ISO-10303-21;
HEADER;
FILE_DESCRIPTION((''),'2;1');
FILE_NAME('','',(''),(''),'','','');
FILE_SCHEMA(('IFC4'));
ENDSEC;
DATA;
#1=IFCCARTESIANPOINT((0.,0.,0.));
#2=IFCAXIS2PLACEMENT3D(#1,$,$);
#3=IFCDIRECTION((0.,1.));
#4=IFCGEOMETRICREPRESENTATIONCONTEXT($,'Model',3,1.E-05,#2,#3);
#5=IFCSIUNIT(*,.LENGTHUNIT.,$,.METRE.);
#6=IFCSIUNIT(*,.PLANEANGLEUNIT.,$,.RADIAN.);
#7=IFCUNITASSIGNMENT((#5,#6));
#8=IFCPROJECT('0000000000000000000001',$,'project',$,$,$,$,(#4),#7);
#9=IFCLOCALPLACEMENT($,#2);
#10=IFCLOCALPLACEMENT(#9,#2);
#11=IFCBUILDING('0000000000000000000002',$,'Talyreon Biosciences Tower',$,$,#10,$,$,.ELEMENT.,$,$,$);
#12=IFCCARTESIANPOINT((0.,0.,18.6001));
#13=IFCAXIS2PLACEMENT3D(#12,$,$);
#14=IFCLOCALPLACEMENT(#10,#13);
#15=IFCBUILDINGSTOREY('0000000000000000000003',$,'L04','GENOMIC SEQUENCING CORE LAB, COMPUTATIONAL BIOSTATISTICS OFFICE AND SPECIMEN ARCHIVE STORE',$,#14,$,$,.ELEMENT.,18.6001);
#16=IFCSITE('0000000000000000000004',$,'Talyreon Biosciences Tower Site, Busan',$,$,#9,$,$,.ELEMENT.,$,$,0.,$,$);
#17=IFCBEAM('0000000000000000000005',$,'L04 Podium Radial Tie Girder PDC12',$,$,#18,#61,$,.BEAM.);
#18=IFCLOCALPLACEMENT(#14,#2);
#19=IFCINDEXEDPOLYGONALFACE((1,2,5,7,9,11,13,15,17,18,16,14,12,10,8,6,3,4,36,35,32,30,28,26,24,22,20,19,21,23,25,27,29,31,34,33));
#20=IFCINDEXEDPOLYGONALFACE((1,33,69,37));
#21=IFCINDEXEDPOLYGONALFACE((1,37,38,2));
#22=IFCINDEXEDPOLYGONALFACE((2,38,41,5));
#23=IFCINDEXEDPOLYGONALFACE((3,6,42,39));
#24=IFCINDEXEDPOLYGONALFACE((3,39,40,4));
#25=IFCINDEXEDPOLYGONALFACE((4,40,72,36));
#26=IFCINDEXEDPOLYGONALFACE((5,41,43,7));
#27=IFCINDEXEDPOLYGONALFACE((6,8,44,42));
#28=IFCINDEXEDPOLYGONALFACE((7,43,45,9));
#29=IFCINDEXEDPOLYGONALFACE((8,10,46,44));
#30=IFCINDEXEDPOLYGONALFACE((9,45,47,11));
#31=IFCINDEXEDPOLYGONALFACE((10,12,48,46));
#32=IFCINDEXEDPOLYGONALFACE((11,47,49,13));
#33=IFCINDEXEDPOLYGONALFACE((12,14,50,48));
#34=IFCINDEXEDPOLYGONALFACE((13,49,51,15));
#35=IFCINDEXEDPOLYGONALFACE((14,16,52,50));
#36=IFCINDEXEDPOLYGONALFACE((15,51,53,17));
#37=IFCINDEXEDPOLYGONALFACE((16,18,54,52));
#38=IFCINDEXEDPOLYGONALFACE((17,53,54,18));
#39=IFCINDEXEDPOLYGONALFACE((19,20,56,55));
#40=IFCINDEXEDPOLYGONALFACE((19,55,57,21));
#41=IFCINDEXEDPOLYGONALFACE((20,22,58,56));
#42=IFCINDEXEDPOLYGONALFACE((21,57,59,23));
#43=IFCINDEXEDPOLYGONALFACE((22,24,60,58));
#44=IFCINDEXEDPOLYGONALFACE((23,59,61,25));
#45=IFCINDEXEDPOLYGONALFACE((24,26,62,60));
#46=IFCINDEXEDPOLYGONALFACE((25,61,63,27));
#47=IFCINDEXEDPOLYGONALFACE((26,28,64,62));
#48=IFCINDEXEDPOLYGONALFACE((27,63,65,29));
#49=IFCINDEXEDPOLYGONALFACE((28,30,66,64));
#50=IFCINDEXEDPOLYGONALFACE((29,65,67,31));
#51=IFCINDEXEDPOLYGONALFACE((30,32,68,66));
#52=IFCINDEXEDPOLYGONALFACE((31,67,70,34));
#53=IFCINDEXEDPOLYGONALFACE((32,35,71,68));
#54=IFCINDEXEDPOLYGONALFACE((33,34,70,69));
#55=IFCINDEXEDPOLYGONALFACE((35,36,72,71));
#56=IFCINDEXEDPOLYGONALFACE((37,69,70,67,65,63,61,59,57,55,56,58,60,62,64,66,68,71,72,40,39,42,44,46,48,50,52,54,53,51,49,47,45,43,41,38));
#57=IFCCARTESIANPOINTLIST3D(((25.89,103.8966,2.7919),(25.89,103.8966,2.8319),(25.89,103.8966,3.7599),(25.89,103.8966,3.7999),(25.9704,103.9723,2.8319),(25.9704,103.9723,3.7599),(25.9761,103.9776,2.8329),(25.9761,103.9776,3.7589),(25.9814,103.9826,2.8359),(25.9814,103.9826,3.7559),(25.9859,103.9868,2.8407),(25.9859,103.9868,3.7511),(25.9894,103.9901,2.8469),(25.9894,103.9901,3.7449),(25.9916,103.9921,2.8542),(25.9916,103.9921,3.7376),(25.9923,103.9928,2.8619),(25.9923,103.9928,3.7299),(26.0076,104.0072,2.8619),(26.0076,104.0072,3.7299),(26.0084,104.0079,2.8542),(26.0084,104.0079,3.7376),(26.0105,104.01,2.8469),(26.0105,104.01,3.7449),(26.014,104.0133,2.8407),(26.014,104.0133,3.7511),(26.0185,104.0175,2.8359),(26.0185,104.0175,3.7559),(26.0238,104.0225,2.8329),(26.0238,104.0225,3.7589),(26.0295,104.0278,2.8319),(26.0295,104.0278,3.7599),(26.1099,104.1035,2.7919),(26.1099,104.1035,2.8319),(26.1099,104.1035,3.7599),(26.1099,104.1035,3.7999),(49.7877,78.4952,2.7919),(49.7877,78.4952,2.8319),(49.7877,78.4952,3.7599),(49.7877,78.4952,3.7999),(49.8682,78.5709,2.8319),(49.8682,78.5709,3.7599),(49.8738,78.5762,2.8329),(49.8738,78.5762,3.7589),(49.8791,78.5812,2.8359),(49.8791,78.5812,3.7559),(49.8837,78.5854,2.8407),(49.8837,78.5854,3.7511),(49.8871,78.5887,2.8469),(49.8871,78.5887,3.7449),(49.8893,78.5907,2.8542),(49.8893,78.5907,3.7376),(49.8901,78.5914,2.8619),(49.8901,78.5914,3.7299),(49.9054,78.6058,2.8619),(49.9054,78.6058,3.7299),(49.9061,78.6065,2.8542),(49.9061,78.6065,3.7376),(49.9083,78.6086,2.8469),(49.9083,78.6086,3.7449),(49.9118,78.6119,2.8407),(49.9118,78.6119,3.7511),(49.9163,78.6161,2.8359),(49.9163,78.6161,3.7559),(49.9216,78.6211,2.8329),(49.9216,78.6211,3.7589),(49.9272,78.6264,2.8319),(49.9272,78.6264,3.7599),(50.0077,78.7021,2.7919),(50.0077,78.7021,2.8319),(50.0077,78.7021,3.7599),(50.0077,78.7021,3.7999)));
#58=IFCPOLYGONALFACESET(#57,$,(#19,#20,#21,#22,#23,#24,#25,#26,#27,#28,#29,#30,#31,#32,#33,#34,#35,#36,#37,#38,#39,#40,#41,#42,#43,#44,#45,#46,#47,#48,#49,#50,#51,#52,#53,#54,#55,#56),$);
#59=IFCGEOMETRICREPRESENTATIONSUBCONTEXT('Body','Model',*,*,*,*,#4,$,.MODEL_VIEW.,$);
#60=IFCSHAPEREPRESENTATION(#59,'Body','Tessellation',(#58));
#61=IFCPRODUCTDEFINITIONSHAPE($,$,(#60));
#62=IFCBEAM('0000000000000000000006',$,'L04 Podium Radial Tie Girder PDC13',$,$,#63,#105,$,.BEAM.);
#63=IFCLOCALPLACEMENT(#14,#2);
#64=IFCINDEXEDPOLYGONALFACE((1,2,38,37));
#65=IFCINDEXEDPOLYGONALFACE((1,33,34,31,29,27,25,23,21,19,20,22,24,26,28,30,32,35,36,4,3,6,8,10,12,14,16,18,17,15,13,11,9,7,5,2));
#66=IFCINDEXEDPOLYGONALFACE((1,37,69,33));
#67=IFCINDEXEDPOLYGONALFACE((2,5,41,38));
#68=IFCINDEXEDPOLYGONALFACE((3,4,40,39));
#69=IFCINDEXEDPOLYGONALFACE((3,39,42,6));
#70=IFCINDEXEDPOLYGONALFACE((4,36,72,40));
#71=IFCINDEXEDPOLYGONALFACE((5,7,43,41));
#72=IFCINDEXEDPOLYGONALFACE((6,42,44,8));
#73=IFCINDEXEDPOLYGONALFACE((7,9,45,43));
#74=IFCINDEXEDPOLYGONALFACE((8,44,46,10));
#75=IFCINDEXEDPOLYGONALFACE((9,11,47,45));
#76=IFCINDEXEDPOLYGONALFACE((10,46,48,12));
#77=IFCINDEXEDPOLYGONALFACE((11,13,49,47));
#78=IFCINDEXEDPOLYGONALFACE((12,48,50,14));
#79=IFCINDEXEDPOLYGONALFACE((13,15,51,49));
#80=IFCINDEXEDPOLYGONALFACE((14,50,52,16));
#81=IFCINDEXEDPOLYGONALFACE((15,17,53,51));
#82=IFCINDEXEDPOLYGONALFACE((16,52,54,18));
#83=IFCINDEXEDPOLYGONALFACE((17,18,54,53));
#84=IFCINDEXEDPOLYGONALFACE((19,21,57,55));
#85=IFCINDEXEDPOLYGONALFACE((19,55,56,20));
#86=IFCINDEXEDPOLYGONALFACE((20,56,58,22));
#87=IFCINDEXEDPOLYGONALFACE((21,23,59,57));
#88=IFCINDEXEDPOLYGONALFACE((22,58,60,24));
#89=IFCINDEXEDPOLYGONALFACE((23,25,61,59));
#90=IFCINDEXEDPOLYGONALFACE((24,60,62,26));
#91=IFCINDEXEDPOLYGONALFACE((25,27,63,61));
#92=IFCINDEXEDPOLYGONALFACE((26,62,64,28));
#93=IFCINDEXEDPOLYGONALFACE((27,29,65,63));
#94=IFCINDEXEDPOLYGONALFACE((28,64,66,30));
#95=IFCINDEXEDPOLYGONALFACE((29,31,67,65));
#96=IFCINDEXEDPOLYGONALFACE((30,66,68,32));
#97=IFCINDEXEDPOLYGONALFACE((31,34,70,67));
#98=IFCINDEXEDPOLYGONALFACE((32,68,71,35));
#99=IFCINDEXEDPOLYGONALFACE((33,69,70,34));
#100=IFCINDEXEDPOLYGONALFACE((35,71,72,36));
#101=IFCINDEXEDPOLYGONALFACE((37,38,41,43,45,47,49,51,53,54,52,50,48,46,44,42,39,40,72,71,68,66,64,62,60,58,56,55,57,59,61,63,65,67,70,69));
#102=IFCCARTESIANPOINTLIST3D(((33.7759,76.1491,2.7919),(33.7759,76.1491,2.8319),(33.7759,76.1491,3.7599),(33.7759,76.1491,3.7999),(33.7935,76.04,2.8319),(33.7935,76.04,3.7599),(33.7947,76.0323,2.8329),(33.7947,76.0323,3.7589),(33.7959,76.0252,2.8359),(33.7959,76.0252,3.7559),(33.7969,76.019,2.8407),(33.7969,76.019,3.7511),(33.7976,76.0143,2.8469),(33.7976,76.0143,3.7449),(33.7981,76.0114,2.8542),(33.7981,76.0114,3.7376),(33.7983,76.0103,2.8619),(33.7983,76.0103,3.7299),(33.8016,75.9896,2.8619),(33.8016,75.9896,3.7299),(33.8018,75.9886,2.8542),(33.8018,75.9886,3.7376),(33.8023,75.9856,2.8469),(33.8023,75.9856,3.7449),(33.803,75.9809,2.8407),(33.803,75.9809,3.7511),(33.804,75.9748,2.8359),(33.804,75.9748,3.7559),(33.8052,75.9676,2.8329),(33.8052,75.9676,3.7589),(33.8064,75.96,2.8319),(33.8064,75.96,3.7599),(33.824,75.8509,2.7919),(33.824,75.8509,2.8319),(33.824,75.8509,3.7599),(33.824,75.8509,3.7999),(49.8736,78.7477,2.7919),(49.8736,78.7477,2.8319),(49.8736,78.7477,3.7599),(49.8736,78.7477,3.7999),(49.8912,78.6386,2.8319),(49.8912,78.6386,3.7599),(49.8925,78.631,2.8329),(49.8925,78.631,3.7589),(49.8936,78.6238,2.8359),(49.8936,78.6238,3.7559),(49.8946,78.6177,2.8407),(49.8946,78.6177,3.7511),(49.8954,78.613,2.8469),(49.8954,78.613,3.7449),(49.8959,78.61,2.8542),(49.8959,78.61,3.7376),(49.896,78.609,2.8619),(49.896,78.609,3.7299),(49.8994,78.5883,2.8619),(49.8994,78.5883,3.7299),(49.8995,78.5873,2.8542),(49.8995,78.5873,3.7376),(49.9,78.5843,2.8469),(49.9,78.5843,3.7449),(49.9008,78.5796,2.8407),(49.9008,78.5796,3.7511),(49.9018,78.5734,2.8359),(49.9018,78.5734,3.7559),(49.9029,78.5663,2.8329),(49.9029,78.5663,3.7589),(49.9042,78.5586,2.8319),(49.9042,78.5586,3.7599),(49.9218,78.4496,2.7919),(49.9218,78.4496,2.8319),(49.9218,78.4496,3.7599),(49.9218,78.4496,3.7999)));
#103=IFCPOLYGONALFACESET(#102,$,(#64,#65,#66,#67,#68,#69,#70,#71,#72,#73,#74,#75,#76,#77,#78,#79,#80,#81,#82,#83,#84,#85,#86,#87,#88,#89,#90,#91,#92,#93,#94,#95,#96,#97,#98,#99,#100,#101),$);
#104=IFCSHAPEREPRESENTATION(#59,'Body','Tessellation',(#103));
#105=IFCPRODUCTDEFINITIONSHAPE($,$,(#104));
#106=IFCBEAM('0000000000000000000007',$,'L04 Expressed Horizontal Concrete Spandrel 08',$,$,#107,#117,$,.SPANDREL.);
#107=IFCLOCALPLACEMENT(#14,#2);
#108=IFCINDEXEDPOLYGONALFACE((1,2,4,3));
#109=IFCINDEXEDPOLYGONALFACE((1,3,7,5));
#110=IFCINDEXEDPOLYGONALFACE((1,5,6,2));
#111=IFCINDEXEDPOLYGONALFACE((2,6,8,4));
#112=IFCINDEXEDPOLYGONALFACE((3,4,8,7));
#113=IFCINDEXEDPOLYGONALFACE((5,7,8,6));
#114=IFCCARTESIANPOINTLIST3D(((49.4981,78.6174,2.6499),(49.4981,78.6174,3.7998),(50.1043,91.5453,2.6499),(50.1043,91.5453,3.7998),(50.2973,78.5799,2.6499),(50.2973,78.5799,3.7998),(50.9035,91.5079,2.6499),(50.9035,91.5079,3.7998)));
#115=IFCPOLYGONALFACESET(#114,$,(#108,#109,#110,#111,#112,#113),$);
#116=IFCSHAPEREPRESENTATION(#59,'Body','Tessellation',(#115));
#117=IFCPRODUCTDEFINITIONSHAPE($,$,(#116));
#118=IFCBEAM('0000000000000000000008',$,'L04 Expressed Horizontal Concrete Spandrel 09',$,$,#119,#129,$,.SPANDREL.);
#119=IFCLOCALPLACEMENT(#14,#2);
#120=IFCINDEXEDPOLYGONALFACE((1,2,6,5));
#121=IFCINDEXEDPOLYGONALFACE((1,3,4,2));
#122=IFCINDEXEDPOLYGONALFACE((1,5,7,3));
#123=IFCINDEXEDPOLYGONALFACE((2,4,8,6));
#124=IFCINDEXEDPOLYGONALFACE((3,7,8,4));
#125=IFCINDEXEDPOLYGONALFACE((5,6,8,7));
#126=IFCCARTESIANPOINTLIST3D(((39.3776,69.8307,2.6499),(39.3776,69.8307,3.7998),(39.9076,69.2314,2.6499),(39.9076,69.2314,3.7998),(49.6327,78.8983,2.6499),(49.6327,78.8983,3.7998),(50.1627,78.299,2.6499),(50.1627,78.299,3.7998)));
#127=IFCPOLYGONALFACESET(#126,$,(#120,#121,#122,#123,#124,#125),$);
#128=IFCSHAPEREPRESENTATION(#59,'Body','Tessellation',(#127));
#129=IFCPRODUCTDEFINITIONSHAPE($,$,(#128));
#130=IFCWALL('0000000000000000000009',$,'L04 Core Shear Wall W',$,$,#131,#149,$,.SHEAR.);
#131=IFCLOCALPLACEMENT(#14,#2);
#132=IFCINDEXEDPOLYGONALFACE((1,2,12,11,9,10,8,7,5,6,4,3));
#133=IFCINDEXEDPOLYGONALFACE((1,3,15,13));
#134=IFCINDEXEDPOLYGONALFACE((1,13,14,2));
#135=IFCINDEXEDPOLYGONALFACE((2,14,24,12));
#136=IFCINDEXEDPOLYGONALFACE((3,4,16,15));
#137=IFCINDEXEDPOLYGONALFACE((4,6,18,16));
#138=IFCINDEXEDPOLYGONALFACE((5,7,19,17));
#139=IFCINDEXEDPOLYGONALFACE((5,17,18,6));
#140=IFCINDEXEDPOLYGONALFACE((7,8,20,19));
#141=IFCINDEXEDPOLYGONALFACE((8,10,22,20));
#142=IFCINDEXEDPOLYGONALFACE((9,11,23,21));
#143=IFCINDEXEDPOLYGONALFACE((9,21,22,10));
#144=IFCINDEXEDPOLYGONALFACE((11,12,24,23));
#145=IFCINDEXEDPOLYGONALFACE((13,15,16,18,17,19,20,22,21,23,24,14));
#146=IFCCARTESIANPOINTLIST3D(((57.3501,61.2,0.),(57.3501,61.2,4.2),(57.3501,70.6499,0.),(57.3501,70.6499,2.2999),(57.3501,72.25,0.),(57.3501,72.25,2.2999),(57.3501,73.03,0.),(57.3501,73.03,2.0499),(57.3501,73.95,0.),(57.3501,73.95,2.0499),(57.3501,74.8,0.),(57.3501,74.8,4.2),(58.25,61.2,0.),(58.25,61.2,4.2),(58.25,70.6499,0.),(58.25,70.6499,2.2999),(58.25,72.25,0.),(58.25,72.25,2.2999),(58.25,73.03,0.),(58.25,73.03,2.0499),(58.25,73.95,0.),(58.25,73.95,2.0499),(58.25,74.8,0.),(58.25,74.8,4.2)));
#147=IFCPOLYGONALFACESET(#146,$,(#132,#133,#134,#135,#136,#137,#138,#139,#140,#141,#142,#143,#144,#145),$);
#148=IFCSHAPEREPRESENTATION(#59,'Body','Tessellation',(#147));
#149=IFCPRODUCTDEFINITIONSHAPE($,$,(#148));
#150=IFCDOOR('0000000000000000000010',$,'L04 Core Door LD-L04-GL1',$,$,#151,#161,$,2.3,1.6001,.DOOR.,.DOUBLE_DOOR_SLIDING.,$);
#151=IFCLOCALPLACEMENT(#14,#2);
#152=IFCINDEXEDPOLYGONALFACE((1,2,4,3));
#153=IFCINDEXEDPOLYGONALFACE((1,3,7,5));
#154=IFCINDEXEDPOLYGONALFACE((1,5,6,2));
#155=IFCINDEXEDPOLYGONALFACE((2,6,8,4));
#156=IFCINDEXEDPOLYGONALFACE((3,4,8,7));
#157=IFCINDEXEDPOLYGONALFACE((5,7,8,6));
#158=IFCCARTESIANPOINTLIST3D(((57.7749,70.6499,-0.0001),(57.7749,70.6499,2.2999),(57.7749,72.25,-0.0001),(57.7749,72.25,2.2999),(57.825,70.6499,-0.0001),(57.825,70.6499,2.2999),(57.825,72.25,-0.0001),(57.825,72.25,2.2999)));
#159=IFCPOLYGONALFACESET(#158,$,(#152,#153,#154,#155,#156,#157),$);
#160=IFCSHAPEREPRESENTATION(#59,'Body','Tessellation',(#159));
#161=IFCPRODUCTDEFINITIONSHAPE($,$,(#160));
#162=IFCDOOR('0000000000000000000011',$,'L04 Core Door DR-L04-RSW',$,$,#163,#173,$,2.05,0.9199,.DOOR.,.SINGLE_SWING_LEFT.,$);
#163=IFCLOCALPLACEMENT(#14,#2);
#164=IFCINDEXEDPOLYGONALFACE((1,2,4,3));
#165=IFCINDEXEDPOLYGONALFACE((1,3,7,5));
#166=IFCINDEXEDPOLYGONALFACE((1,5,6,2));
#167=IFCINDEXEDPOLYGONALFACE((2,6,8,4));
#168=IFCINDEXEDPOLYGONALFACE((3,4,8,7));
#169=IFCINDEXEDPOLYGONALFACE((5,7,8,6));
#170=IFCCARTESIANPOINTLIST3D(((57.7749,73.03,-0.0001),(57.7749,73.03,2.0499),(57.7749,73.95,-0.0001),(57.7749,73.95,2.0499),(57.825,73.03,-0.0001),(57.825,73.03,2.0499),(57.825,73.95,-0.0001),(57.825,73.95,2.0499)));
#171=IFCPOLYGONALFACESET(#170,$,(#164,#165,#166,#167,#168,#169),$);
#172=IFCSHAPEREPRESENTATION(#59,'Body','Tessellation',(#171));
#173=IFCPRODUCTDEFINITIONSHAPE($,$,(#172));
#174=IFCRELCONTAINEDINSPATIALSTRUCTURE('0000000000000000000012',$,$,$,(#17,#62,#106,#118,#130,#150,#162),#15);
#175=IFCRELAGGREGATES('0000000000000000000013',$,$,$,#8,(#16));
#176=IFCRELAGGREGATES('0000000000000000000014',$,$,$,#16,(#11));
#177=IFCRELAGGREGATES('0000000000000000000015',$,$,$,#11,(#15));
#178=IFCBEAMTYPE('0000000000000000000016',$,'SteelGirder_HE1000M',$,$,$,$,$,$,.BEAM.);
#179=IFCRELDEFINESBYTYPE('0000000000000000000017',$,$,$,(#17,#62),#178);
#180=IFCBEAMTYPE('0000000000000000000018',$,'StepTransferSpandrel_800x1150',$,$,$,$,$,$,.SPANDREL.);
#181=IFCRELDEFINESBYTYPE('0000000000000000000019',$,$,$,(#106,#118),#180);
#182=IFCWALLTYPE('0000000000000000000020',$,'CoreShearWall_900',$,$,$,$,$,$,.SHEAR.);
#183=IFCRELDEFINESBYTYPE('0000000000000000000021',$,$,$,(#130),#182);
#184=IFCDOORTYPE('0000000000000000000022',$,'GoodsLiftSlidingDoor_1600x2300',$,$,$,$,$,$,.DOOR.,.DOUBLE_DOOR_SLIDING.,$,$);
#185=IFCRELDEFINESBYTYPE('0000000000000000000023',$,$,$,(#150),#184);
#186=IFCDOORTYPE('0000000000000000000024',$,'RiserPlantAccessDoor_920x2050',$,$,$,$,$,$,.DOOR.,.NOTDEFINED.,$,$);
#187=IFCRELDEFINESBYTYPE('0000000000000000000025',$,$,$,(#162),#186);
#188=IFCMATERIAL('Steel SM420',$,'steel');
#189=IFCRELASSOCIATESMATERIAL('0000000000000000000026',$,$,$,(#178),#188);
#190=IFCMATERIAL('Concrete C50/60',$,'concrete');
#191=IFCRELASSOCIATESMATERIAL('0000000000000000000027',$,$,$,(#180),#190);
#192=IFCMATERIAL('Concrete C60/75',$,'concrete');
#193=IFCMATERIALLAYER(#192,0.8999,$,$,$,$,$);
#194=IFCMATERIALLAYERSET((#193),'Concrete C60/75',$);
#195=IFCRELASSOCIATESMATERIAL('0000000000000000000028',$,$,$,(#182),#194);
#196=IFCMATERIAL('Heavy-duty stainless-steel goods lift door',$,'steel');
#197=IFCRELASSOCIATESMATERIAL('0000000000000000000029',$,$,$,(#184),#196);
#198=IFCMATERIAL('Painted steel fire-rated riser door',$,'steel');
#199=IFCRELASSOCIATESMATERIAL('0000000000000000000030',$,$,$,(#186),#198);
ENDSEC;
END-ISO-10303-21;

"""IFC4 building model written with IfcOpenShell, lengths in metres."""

from ifc_helpers import new_model, si_unit, direction, frame, frame_2d, origin, origin_2d, place, context, subcontext, project, spatial, rectangle, i_section, extrude, material, layer, layer_set, material_profile, profile_set, type_object, element, fill, save


model = new_model("IFC4")

# Units and contexts
model_context = context("Model", 3, precision=1e-05, world=origin(), true_north=direction((0.0, 1.0)))
body_context = subcontext(model_context, "Body", "Model", "MODEL_VIEW")
ifc_project = project(units=[si_unit("LENGTHUNIT", "METRE"), si_unit("PLANEANGLEUNIT", "RADIAN")], contexts=[model_context])

# Site, building, storey
site_placement = place(None, origin())
site = spatial("IfcSite", under=ifc_project, at=site_placement, Name="Talyreon Biosciences Tower Site, Busan", CompositionType="ELEMENT", RefElevation=0.0)
building_placement = place(site_placement, origin())
building = spatial("IfcBuilding", under=site, at=building_placement, Name="Talyreon Biosciences Tower", CompositionType="ELEMENT")
storey_placement = place(building_placement, frame((0.0, 0.0, 18.6001)))
storey = spatial("IfcBuildingStorey", under=building, at=storey_placement, Name="L04", Description="GENOMIC SEQUENCING CORE LAB, COMPUTATIONAL BIOSTATISTICS OFFICE AND SPECIMEN ARCHIVE STORE", CompositionType="ELEMENT", Elevation=18.6001)

# Shared definitions
ifc_material_1 = material(Name="Concrete C60/75", Category="concrete")

# Beams
ifc_material_2 = material(Name="Steel SM420", Category="steel")
ifc_material_profile_1 = material_profile(ifc_material_2, i_section(OverallWidth=0.302, OverallDepth=1.0081, WebThickness=0.021, FlangeThickness=0.04, FilletRadius=0.03, at=origin_2d()), Name="HE1000M")
ifc_profile_set_1 = profile_set([ifc_material_profile_1], Name="Steel SM420")
beam_type_1 = type_object("IfcBeamType", Name="SteelGirder_HE1000M", PredefinedType="BEAM", material=ifc_profile_set_1)
beam_1_placement = place(storey_placement, frame((49.8977, 78.5986, 3.2959), z_axis=(-0.685221, 0.728335, 0.0), x_axis=(-0.728335, -0.685221, 0.0)))
element("IfcBeam", 1, at=beam_1_placement, inside=storey, type_object=beam_type_1, Name="L04 Podium Radial Tie Girder PDC12", PredefinedType="BEAM", context=body_context, shape_type="SweptSolid", body=[
    extrude(i_section(OverallWidth=0.302, OverallDepth=1.0081, WebThickness=0.021, FlangeThickness=0.04, FilletRadius=0.03, at=origin_2d()), origin(), (0.0, 0.0, 1.0), 34.876),
])
beam_2_placement = place(storey_placement, frame((49.8977, 78.5986, 3.2959), z_axis=(-0.98722, -0.159366, 0.0), x_axis=(0.159366, -0.98722, 0.0)))
element("IfcBeam", 2, at=beam_2_placement, inside=storey, type_object=beam_type_1, Name="L04 Podium Radial Tie Girder PDC13", PredefinedType="BEAM", context=body_context, shape_type="SweptSolid", body=[
    extrude(i_section(OverallWidth=0.302, OverallDepth=1.0081, WebThickness=0.021, FlangeThickness=0.04, FilletRadius=0.03, at=origin_2d()), origin(), (0.0, 0.0, 1.0), 16.3062),
])
ifc_material_3 = material(Name="Concrete C50/60", Category="concrete")
ifc_material_profile_2 = material_profile(ifc_material_3, rectangle(XDim=0.8, YDim=1.1499, at=origin_2d()), Name="RCB 800x1150")
ifc_profile_set_2 = profile_set([ifc_material_profile_2], Name="Concrete C50/60")
beam_type_2 = type_object("IfcBeamType", Name="StepTransferSpandrel_800x1150", PredefinedType="SPANDREL", material=ifc_profile_set_2)
beam_3_placement = place(storey_placement, frame((50.5039, 91.5266, 3.2249), z_axis=(-0.046839, -0.998902, 0.0), x_axis=(0.998902, -0.046839, 0.0)))
element("IfcBeam", 3, at=beam_3_placement, inside=storey, type_object=beam_type_2, Name="L04 Expressed Horizontal Concrete Spandrel 08", PredefinedType="SPANDREL", context=body_context, shape_type="SweptSolid", body=[
    extrude(rectangle(XDim=0.8, YDim=1.1499, at=origin_2d()), origin(), (0.0, 0.0, 1.0), 12.9421),
])
beam_4_placement = place(storey_placement, frame((49.8977, 78.5986, 3.2249), z_axis=(-0.749149, -0.662401, 0.0), x_axis=(0.662401, -0.749149, 0.0)))
element("IfcBeam", 4, at=beam_4_placement, inside=storey, type_object=beam_type_2, Name="L04 Expressed Horizontal Concrete Spandrel 09", PredefinedType="SPANDREL", context=body_context, shape_type="SweptSolid", body=[
    extrude(rectangle(XDim=0.8, YDim=1.1499, at=origin_2d()), origin(), (0.0, 0.0, 1.0), 13.689),
])

# Wall, openings, doors
ifc_layer = layer(ifc_material_1, 0.8999)
ifc_layer_set = layer_set([ifc_layer], Name="Concrete C60/75")
wall_type = type_object("IfcWallType", Name="CoreShearWall_900", PredefinedType="SHEAR", material=ifc_layer_set)
wall_placement = place(storey_placement, frame((57.8, 74.8, 0.0), z_axis=(0.0, 0.0, 1.0), x_axis=(0.0, -1.0, 0.0)))
wall = element("IfcWall", 5, at=wall_placement, inside=storey, type_object=wall_type, Name="L04 Core Shear Wall W", PredefinedType="SHEAR", context=body_context, shape_type="SweptSolid", body=[
    extrude(rectangle(XDim=13.6001, YDim=0.8999, at=frame_2d((6.8, 0.0))), origin(), (0.0, 0.0, 1.0), 4.2),
])
opening_1_placement = place(wall_placement, frame((0.8501, 0.0, 0.0)))
opening_1 = element("IfcOpeningElement", 6, at=opening_1_placement, cuts=wall, PredefinedType="OPENING", context=body_context, shape_type="SweptSolid", body=[
    extrude(rectangle(XDim=0.9199, YDim=2.05, at=frame_2d((0.46, 1.0249))), frame((0.0, 0.46, 0.0), z_axis=(0.0, -1.0, 0.0), x_axis=(1.0, 0.0, 0.0)), (0.0, 0.0, 1.0), 0.9199),
])
opening_2_placement = place(wall_placement, frame((2.55, 0.0, 0.0)))
opening_2 = element("IfcOpeningElement", 7, at=opening_2_placement, cuts=wall, PredefinedType="OPENING", context=body_context, shape_type="SweptSolid", body=[
    extrude(rectangle(XDim=1.6001, YDim=2.3, at=frame_2d((0.8, 1.1499))), frame((0.0, 0.46, 0.0), z_axis=(0.0, -1.0, 0.0), x_axis=(1.0, 0.0, 0.0)), (0.0, 0.0, 1.0), 0.9199),
])
ifc_material_4 = material(Name="Heavy-duty stainless-steel goods lift door", Category="steel")
door_type_1 = type_object("IfcDoorType", Name="GoodsLiftSlidingDoor_1600x2300", OperationType="DOUBLE_DOOR_SLIDING", PredefinedType="DOOR", material=ifc_material_4)
door_1_placement = place(opening_2_placement, origin())
door_1 = element("IfcDoor", 8, at=door_1_placement, inside=storey, type_object=door_type_1, Name="L04 Core Door LD-L04-GL1", OperationType="DOUBLE_DOOR_SLIDING", OverallHeight=2.3, OverallWidth=1.6001, PredefinedType="DOOR", context=body_context, shape_type="SweptSolid", body=[
    extrude(rectangle(XDim=1.6001, YDim=2.3, at=frame_2d((0.8, 1.1499))), frame((0.0, 0.0249, 0.0), z_axis=(0.0, -1.0, 0.0), x_axis=(1.0, 0.0, 0.0)), (0.0, 0.0, 1.0), 0.05),
])
fill(opening_2, door_1)
ifc_material_5 = material(Name="Painted steel fire-rated riser door", Category="steel")
door_type_2 = type_object("IfcDoorType", Name="RiserPlantAccessDoor_920x2050", OperationType="NOTDEFINED", PredefinedType="DOOR", material=ifc_material_5)
door_2_placement = place(opening_1_placement, origin())
door_2 = element("IfcDoor", 9, at=door_2_placement, inside=storey, type_object=door_type_2, Name="L04 Core Door DR-L04-RSW", OperationType="SINGLE_SWING_LEFT", OverallHeight=2.05, OverallWidth=0.9199, PredefinedType="DOOR", context=body_context, shape_type="SweptSolid", body=[
    extrude(rectangle(XDim=0.9199, YDim=2.05, at=frame_2d((0.46, 1.0249))), frame((0.0, 0.0249, 0.0), z_axis=(0.0, -1.0, 0.0), x_axis=(1.0, 0.0, 0.0)), (0.0, 0.0, 1.0), 0.05),
])
fill(opening_1, door_2)

save(model, "model.ifc")
